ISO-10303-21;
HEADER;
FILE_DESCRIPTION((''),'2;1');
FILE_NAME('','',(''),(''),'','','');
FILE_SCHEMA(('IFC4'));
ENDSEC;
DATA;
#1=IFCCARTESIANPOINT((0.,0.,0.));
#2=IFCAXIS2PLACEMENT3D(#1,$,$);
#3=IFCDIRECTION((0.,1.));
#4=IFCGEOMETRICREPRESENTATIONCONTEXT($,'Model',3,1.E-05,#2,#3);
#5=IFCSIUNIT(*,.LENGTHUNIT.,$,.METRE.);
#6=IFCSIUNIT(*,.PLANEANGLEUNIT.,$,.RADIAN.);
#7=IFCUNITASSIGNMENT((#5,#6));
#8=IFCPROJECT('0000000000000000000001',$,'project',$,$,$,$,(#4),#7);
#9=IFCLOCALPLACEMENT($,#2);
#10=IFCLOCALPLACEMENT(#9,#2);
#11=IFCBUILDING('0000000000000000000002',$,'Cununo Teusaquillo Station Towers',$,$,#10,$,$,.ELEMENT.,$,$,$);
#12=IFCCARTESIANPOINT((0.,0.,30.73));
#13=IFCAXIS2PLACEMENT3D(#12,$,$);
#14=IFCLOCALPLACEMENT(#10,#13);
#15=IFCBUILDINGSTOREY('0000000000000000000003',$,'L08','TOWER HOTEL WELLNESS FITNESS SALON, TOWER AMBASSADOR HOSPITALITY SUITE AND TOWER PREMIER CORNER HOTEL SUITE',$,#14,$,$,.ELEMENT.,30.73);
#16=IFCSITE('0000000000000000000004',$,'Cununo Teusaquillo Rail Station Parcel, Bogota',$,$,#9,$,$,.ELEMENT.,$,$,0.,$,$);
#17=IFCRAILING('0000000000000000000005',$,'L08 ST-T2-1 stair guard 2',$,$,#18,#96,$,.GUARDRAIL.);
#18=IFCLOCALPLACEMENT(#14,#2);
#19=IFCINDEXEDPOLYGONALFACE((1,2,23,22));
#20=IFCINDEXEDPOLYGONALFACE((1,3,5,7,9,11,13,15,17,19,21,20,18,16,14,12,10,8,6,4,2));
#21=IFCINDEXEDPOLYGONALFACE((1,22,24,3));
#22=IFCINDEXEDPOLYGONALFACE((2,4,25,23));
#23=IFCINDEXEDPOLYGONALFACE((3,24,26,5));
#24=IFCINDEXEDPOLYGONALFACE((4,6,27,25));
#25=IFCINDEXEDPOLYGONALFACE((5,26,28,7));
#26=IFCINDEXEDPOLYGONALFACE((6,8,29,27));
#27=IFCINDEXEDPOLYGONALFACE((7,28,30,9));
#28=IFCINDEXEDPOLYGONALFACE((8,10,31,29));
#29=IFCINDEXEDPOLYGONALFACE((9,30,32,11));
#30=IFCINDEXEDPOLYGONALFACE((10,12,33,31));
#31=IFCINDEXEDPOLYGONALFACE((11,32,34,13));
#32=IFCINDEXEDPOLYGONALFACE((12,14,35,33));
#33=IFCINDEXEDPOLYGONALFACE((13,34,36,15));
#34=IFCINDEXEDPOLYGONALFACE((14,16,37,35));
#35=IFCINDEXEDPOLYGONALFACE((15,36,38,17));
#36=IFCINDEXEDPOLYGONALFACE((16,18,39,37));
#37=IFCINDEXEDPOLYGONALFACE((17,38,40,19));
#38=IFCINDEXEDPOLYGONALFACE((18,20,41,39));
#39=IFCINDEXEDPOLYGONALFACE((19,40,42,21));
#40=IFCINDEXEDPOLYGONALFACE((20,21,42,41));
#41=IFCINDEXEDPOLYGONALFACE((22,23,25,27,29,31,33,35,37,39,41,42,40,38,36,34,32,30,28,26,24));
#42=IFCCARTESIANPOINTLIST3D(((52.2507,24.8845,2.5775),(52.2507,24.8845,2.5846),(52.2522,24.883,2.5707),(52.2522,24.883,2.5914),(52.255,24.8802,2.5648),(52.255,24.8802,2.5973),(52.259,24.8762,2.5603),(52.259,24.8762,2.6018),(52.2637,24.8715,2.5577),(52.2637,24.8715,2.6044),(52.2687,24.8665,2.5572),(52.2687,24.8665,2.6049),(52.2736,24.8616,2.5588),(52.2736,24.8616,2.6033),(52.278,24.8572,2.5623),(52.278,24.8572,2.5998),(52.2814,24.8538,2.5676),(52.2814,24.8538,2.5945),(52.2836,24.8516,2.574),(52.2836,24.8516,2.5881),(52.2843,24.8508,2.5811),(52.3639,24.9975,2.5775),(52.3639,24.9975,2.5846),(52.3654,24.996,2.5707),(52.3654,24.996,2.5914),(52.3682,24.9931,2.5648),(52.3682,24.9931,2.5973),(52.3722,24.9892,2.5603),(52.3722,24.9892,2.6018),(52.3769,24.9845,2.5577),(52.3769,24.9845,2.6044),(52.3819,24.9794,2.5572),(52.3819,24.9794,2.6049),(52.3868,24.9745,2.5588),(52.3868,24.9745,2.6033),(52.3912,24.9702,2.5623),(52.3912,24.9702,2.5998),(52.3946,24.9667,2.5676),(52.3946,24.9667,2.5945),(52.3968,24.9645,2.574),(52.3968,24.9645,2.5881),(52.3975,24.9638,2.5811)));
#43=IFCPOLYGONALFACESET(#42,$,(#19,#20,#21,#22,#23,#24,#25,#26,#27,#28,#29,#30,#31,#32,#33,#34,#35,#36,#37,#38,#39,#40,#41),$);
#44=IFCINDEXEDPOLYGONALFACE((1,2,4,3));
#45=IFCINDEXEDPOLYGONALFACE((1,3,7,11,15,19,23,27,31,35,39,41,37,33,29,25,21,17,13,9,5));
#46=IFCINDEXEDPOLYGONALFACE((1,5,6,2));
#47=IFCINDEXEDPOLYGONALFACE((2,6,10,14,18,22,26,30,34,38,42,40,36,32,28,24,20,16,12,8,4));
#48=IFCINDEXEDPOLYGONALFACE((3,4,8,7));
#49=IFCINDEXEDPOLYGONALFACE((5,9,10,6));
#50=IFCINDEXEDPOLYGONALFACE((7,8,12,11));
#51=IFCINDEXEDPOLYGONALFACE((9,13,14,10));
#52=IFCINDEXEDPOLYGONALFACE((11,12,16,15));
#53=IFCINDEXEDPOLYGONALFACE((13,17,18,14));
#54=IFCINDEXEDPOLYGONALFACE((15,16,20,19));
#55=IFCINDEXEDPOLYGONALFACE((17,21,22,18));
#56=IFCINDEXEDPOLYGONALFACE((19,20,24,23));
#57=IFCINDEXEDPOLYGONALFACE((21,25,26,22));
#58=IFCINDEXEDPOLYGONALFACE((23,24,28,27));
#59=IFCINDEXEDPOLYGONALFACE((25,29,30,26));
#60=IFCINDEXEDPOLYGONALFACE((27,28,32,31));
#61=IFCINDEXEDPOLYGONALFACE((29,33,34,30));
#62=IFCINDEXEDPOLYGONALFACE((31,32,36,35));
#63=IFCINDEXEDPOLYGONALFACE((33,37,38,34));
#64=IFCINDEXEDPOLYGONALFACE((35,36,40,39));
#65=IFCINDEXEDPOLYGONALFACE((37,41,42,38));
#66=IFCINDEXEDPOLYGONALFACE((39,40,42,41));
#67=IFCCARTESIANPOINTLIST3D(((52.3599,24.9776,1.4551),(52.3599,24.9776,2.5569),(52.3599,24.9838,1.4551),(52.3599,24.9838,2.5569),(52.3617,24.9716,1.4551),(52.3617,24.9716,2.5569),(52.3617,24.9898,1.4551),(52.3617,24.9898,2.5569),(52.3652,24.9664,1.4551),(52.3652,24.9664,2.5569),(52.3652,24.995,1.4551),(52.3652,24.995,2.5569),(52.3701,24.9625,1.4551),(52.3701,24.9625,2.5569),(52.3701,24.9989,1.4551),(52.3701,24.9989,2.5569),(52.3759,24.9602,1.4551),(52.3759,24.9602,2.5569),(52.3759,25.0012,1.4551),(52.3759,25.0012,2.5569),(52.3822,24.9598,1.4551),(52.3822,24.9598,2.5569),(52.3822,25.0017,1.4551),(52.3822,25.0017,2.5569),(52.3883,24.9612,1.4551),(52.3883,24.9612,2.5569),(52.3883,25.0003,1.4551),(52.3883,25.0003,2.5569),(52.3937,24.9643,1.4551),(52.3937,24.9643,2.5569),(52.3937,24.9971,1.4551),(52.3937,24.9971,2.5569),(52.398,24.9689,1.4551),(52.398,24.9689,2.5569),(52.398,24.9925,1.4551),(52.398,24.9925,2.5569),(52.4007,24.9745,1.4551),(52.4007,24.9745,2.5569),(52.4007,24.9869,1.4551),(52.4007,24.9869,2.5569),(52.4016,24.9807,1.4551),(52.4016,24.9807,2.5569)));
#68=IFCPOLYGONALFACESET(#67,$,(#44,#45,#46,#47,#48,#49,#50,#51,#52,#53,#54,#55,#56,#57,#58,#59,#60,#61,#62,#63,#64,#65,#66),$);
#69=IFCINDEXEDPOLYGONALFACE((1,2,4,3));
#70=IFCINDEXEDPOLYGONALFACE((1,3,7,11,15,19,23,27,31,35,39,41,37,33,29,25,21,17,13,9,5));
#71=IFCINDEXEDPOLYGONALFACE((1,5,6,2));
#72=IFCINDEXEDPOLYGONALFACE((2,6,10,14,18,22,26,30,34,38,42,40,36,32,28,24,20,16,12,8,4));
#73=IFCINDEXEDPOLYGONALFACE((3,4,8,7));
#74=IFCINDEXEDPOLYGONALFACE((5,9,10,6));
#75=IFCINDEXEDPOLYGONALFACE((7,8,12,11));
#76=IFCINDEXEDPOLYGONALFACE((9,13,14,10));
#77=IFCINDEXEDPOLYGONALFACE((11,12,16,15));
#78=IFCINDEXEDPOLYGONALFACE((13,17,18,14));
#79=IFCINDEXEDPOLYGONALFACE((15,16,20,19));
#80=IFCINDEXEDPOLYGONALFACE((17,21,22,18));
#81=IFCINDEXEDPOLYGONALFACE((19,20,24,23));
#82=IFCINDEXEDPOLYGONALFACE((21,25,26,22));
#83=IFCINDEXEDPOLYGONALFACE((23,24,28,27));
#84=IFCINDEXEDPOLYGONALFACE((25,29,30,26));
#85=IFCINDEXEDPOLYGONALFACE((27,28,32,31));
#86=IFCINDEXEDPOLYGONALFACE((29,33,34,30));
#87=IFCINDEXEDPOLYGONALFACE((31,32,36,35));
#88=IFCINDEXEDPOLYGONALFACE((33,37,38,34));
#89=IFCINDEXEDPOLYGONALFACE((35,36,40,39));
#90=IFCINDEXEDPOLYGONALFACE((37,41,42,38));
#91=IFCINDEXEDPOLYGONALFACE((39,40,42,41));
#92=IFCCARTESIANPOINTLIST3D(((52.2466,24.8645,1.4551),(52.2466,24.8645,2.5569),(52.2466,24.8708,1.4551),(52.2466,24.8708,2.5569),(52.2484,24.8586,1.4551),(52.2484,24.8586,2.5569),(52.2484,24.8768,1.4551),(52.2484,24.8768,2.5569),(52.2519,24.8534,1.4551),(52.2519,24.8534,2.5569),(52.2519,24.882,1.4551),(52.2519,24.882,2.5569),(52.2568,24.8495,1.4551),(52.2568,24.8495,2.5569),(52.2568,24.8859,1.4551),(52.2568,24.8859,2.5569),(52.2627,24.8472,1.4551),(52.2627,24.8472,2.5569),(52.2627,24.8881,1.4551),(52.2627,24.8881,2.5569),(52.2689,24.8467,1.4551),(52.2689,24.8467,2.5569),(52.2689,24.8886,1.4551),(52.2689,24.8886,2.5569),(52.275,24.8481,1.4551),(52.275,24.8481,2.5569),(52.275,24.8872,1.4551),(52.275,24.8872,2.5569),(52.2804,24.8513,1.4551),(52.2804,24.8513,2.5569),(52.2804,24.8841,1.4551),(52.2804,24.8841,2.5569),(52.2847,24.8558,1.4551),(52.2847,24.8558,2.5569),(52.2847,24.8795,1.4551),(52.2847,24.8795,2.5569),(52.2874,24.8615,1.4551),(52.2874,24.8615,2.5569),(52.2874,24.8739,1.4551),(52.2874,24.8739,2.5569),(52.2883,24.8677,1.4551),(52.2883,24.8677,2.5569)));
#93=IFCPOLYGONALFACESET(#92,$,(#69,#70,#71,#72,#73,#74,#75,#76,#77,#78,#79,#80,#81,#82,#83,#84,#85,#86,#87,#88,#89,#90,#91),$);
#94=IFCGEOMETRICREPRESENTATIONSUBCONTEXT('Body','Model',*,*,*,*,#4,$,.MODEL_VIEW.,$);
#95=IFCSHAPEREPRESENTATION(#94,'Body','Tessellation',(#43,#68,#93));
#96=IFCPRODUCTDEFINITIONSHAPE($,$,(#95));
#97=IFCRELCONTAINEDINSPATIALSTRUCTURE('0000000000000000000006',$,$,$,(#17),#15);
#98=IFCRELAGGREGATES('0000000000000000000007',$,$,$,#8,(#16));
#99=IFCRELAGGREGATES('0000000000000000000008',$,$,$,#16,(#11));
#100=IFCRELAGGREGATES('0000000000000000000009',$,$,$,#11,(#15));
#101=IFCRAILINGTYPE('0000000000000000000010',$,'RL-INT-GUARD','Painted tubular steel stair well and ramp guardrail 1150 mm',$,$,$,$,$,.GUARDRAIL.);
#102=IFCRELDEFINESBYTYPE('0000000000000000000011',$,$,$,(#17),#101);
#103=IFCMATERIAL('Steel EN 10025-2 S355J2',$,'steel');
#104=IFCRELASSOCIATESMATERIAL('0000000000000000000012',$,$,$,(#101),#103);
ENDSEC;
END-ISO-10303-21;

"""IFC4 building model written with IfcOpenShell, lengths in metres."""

from ifc_helpers import new_model, si_unit, direction, frame, origin, origin_2d, place, context, subcontext, project, spatial, circle, extrude, material, type_object, element, save


model = new_model("IFC4")

# Units and contexts
model_context = context("Model", 3, precision=1e-05, world=origin(), true_north=direction((0.0, 1.0)))
body_context = subcontext(model_context, "Body", "Model", "MODEL_VIEW")
ifc_project = project(units=[si_unit("LENGTHUNIT", "METRE"), si_unit("PLANEANGLEUNIT", "RADIAN")], contexts=[model_context])

# Site, building, storey
site_placement = place(None, origin())
site = spatial("IfcSite", under=ifc_project, at=site_placement, Name="Cununo Teusaquillo Rail Station Parcel, Bogota", CompositionType="ELEMENT", RefElevation=0.0)
building_placement = place(site_placement, origin())
building = spatial("IfcBuilding", under=site, at=building_placement, Name="Cununo Teusaquillo Station Towers", CompositionType="ELEMENT")
storey_placement = place(building_placement, frame((0.0, 0.0, 30.73)))
storey = spatial("IfcBuildingStorey", under=building, at=storey_placement, Name="L08", Description="TOWER HOTEL WELLNESS FITNESS SALON, TOWER AMBASSADOR HOSPITALITY SUITE AND TOWER PREMIER CORNER HOTEL SUITE", CompositionType="ELEMENT", Elevation=30.73)

# Railing
ifc_material_1 = material(Name="Steel EN 10025-2 S355J2", Category="steel")
railing_type_1 = type_object("IfcRailingType", Name="RL-INT-GUARD", Description="Painted tubular steel stair well and ramp guardrail 1150 mm", PredefinedType="GUARDRAIL", material=ifc_material_1)
railing_1_placement = place(storey_placement, frame((52.3806, 24.9807, 1.4551)))
element("IfcRailing", 1, at=railing_1_placement, inside=storey, type_object=railing_type_1, Name="L08 ST-T2-1 stair guard 2", PredefinedType="GUARDRAIL", context=body_context, shape_type="SweptSolid", body=[
    extrude(circle(Radius=0.0239, at=origin_2d()), frame((0.0, 0.0, 1.126), z_axis=(-0.707869, -0.706344, 0.0), x_axis=(0.706344, -0.707869, 0.0)), (0.0, 0.0, 1.0), 0.1599),
    extrude(circle(Radius=0.021, at=origin_2d()), origin(), (0.0, 0.0, 1.0), 1.1018),
    extrude(circle(Radius=0.021, at=origin_2d()), frame((-0.1133, -0.113, 0.0)), (0.0, 0.0, 1.0), 1.1018),
])

save(model, "model.ifc")
